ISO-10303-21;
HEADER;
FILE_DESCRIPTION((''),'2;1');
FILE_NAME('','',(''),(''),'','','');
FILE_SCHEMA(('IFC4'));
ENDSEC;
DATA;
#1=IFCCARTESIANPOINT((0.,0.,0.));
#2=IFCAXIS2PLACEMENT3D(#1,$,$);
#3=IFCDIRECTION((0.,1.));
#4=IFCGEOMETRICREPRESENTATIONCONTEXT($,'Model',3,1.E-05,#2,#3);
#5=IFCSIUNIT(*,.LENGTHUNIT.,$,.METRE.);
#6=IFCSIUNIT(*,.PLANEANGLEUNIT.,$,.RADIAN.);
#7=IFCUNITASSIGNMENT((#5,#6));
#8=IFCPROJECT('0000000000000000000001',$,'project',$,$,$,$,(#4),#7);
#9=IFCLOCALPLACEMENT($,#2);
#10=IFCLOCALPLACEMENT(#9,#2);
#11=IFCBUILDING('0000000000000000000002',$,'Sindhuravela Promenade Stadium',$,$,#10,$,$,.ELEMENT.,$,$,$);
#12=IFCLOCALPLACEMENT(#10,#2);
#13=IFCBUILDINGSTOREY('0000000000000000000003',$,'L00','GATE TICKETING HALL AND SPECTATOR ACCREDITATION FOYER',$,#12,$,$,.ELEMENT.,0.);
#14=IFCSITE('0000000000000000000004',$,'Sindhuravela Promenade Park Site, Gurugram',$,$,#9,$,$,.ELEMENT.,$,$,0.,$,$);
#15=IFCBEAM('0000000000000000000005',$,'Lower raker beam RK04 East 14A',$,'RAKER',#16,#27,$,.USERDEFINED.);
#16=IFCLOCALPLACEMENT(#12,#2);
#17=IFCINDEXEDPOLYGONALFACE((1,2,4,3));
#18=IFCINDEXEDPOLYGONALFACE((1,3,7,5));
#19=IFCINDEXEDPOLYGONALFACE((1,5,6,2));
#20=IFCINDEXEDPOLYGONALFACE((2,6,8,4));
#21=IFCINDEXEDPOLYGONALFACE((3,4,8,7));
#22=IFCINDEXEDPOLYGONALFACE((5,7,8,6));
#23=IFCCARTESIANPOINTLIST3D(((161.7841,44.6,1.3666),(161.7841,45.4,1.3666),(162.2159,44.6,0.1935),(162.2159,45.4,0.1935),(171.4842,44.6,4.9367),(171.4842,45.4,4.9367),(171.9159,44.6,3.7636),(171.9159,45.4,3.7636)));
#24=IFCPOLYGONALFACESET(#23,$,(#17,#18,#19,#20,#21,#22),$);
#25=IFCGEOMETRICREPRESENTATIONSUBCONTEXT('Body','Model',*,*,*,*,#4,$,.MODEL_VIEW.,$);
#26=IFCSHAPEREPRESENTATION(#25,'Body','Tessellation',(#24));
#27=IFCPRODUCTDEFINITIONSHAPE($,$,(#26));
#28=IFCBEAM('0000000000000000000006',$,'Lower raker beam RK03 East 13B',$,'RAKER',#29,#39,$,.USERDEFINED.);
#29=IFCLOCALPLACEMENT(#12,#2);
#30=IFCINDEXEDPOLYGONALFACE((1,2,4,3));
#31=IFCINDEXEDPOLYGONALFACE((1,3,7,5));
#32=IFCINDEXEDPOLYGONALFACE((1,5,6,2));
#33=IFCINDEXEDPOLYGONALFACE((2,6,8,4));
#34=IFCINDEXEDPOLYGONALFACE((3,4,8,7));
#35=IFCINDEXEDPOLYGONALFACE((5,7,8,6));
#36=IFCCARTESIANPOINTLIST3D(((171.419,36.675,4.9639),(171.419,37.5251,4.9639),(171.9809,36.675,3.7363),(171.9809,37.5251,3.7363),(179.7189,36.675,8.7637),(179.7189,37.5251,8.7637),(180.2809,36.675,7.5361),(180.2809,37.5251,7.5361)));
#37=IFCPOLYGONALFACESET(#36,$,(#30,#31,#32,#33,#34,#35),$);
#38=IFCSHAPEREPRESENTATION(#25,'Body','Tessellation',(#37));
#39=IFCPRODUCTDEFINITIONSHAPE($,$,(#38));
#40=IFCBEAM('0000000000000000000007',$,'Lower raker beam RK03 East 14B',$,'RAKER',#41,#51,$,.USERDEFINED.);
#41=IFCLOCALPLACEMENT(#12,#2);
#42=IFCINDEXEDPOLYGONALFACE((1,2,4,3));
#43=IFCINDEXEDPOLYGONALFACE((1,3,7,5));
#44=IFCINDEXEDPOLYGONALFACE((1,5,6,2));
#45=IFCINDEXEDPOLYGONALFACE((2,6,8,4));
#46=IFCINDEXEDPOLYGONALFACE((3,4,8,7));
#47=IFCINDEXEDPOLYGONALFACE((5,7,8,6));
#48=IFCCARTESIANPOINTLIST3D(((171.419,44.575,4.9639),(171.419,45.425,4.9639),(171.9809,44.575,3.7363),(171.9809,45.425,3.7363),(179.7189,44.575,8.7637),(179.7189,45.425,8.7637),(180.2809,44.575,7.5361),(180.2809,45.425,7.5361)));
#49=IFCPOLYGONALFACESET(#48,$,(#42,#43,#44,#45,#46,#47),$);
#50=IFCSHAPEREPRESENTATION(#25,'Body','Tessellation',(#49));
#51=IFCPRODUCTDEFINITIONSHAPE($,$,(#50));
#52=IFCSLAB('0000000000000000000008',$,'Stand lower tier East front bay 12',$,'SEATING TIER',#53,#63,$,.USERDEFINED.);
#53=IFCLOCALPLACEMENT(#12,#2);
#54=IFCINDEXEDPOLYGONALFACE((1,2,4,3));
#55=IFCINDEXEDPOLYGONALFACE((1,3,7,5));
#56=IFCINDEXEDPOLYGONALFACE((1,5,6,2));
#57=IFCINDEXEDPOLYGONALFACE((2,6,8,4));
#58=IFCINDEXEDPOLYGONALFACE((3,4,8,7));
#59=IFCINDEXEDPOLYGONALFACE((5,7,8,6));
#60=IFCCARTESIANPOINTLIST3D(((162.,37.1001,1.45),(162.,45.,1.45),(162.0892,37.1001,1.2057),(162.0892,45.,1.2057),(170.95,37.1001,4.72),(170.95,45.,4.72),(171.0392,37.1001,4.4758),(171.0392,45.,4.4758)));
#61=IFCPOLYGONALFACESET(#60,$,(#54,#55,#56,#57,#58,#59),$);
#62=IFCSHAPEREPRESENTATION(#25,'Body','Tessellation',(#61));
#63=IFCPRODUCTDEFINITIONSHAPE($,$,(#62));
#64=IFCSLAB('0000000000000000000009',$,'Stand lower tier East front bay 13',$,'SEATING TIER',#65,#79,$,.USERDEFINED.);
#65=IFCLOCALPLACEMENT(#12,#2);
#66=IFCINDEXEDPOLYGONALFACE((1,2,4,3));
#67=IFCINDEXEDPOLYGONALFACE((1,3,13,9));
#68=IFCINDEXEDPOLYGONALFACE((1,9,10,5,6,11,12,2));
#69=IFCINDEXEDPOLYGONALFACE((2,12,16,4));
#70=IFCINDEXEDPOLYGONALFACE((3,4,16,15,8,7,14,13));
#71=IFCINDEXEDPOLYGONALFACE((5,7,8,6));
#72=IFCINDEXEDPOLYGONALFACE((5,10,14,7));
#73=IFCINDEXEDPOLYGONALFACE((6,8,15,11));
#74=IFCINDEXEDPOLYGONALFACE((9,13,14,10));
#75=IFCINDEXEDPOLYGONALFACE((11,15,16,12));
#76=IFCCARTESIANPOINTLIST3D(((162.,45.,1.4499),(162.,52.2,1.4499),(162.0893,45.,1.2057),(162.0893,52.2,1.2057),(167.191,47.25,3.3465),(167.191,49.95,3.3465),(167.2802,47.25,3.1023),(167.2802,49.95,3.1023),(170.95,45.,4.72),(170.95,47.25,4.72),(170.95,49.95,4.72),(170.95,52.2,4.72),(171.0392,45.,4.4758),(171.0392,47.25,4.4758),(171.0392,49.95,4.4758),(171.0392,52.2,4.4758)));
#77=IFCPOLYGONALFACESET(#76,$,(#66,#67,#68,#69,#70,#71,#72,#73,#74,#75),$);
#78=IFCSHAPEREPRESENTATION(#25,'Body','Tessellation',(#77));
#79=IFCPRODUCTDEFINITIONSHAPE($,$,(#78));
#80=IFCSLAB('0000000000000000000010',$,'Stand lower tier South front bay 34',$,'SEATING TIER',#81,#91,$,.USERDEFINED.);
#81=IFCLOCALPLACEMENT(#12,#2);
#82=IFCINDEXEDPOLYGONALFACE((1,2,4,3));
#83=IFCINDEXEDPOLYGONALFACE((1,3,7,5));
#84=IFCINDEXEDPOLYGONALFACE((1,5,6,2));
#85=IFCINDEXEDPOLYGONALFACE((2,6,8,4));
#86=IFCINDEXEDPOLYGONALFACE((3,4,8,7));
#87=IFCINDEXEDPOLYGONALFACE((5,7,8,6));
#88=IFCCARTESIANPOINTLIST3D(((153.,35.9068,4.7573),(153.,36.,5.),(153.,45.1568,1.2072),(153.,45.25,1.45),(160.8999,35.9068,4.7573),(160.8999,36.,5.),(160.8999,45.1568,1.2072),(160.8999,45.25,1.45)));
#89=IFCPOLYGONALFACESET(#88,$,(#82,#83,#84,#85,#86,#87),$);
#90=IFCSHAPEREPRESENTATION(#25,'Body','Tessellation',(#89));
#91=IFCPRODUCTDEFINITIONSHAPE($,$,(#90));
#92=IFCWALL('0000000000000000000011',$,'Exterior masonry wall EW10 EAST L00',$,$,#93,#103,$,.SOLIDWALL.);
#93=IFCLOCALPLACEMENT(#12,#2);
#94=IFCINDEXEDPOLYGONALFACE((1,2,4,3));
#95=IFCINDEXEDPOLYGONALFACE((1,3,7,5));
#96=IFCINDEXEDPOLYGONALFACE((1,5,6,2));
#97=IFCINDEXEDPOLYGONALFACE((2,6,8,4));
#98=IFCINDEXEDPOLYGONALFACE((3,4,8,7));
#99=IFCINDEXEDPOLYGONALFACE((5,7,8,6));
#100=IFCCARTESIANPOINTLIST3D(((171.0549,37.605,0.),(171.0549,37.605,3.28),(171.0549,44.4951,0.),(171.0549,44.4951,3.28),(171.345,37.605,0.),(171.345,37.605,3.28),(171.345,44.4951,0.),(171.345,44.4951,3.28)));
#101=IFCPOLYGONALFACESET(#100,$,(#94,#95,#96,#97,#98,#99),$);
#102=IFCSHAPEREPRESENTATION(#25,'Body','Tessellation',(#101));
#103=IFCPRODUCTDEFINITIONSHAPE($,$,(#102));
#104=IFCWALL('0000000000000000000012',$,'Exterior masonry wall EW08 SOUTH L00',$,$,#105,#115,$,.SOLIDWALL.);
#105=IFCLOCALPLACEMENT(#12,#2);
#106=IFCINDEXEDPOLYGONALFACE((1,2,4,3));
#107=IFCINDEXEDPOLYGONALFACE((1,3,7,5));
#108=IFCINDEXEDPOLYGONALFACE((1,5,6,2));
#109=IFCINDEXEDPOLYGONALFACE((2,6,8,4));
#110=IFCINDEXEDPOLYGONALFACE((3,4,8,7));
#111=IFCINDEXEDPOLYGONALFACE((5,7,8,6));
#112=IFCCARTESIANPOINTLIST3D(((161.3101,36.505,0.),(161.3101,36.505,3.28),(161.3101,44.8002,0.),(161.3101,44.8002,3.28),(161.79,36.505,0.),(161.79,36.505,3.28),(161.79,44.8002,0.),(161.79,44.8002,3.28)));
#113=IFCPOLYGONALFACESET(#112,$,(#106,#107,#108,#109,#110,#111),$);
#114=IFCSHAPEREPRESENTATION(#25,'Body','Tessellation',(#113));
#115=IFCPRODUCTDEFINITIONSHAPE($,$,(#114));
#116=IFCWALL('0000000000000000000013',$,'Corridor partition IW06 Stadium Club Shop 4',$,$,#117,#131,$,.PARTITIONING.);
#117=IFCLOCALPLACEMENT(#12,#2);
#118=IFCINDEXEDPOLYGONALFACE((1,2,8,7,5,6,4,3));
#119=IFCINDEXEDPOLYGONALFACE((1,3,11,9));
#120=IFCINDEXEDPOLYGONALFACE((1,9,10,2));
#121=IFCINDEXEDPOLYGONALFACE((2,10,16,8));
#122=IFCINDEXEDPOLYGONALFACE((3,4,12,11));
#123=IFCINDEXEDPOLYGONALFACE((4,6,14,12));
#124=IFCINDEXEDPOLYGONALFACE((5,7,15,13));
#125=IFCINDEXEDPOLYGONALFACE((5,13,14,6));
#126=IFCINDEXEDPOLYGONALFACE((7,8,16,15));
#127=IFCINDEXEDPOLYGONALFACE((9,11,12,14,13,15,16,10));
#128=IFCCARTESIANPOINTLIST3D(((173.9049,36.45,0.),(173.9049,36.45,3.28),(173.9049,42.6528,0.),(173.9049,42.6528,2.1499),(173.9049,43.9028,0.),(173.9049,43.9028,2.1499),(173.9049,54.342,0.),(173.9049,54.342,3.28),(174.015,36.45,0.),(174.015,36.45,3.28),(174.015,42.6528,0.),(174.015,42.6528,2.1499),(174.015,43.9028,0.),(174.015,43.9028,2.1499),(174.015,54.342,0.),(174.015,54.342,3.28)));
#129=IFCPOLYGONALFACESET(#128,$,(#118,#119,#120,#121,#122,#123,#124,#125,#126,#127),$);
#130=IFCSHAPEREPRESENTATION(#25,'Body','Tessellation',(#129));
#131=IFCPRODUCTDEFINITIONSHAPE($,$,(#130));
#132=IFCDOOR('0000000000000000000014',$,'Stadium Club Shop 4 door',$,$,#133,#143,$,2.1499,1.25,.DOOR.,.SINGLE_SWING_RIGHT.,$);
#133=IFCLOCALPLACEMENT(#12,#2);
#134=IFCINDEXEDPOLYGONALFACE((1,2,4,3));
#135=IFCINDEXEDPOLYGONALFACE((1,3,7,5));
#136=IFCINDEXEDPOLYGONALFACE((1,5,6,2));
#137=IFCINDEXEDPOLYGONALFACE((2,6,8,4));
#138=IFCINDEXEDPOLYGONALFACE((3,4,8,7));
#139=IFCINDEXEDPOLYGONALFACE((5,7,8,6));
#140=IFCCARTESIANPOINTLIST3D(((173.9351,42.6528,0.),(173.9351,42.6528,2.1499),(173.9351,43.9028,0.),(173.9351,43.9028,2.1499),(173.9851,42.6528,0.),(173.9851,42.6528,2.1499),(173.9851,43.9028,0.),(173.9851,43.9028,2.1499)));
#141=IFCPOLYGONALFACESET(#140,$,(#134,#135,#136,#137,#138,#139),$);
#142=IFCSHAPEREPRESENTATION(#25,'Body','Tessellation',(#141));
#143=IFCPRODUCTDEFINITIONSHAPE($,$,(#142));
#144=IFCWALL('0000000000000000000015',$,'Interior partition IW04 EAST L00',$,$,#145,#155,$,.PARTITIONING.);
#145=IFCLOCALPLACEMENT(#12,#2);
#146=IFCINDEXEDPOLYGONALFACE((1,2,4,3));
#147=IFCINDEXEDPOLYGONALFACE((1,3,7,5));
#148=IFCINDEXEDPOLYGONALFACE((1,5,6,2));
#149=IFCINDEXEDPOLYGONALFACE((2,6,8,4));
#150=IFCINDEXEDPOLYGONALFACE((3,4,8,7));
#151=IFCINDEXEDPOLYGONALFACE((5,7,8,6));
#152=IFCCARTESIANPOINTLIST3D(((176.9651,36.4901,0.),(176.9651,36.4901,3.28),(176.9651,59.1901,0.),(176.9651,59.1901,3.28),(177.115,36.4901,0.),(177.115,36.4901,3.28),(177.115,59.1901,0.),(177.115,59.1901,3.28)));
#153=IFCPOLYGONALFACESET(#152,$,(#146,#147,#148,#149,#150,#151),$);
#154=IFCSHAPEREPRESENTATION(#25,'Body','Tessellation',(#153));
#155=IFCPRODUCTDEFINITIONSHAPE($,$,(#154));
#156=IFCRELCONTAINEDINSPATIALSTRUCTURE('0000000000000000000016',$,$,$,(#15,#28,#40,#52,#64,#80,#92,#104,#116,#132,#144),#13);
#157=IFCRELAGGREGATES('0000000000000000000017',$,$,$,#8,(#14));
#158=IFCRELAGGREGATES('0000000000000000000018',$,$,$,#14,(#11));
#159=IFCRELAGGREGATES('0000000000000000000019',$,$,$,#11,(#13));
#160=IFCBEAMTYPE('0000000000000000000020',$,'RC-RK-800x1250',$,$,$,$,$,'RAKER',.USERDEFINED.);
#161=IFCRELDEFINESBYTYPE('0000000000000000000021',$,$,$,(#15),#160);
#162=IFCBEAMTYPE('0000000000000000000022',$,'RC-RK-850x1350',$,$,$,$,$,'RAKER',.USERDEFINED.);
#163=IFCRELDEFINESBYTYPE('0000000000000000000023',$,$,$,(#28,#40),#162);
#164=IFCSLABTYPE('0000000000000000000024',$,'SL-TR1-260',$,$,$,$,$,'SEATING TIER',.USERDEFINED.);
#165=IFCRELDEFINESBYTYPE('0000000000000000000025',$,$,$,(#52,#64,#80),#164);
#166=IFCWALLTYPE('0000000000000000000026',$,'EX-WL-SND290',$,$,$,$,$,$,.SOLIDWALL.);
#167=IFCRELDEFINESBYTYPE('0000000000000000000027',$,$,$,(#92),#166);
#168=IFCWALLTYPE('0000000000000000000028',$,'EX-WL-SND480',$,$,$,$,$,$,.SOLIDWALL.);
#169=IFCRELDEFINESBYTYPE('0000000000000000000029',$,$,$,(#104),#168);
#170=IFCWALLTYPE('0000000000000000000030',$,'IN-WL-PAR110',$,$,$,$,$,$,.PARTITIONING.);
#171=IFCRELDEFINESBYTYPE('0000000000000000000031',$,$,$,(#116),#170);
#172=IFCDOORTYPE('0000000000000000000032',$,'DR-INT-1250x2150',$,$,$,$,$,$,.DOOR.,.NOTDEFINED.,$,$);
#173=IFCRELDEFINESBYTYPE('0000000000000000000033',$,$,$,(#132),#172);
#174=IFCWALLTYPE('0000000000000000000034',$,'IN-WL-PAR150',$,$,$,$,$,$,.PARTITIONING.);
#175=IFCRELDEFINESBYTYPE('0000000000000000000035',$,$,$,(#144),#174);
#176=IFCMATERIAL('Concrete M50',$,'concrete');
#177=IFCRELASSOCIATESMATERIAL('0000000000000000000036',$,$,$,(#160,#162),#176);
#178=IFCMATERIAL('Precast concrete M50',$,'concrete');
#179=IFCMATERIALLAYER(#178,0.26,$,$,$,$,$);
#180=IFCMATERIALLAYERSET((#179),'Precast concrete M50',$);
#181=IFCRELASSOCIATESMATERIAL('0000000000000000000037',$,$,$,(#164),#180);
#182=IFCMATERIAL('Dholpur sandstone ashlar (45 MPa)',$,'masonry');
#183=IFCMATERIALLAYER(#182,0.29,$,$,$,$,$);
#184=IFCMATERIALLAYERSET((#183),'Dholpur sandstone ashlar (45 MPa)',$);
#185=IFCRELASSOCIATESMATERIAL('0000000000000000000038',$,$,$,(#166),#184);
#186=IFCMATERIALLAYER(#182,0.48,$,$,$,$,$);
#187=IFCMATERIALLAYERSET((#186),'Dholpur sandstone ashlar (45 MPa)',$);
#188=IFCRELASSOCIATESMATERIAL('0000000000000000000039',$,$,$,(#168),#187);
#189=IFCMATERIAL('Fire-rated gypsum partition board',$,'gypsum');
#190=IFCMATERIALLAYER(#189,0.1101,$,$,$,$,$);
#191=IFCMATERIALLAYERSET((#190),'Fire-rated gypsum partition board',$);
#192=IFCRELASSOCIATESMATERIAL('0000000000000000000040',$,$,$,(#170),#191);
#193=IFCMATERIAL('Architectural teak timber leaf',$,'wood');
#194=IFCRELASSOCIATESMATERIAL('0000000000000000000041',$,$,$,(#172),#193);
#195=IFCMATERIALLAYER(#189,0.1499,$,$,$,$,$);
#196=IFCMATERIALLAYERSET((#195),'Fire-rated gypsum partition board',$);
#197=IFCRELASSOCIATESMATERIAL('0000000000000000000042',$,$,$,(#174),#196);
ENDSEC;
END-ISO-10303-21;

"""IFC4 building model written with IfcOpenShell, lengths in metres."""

from ifc_helpers import new_model, si_unit, direction, frame, frame_2d, origin, origin_2d, place, context, subcontext, project, spatial, polyline, rectangle, outline, extrude, material, layer, layer_set, material_profile, profile_set, type_object, element, fill, save


model = new_model("IFC4")

# Units and contexts
model_context = context("Model", 3, precision=1e-05, world=origin(), true_north=direction((0.0, 1.0)))
body_context = subcontext(model_context, "Body", "Model", "MODEL_VIEW")
ifc_project = project(units=[si_unit("LENGTHUNIT", "METRE"), si_unit("PLANEANGLEUNIT", "RADIAN")], contexts=[model_context])

# Site, building, storey
site_placement = place(None, origin())
site = spatial("IfcSite", under=ifc_project, at=site_placement, Name="Sindhuravela Promenade Park Site, Gurugram", CompositionType="ELEMENT", RefElevation=0.0)
building_placement = place(site_placement, origin())
building = spatial("IfcBuilding", under=site, at=building_placement, Name="Sindhuravela Promenade Stadium", CompositionType="ELEMENT")
storey_placement = place(building_placement, origin())
storey = spatial("IfcBuildingStorey", under=building, at=storey_placement, Name="L00", Description="GATE TICKETING HALL AND SPECTATOR ACCREDITATION FOYER", CompositionType="ELEMENT", Elevation=0.0)

# Shared definitions
ifc_material_1 = material(Name="Concrete M50", Category="concrete")

# Beams
ifc_material_profile_1 = material_profile(ifc_material_1, rectangle(XDim=0.8, YDim=1.25, at=origin_2d()), Name="RC 800x1250")
ifc_profile_set_1 = profile_set([ifc_material_profile_1], Name="Concrete M50")
beam_type_1 = type_object("IfcBeamType", Name="RC-RK-800x1250", ElementType="RAKER", PredefinedType="USERDEFINED", material=ifc_profile_set_1)
for number, where, z_axis, x_axis, name in (
    (1, (162.0, 45.0, 0.78), (0.938456, 0.0, 0.345399), (0.0, 1.0, 0.0), "Lower raker beam RK04 East 14A"),
):
    element("IfcBeam", number, at=place(storey_placement, frame(where, z_axis=z_axis, x_axis=x_axis)), inside=storey, type_object=beam_type_1, Name=name, ObjectType="RAKER", PredefinedType="USERDEFINED", context=body_context, shape_type="SweptSolid", body=[
        extrude(rectangle(XDim=0.8, YDim=1.25, at=origin_2d()), origin(), (0.0, 0.0, 1.0), 10.3362),
    ])
ifc_material_profile_2 = material_profile(ifc_material_1, rectangle(XDim=0.8501, YDim=1.3501, at=origin_2d()), Name="RC 850x1350")
ifc_profile_set_2 = profile_set([ifc_material_profile_2], Name="Concrete M50")
beam_type_2 = type_object("IfcBeamType", Name="RC-RK-850x1350", ElementType="RAKER", PredefinedType="USERDEFINED", material=ifc_profile_set_2)
for number, where, z_axis, x_axis, name in (
    (2, (171.7, 37.1001, 4.3501), (0.909247, 0.0, 0.416258), (0.0, 1.0, 0.0), "Lower raker beam RK03 East 13B"),
    (3, (171.7, 45.0, 4.3501), (0.909247, 0.0, 0.416258), (0.0, 1.0, 0.0), "Lower raker beam RK03 East 14B"),
):
    element("IfcBeam", number, at=place(storey_placement, frame(where, z_axis=z_axis, x_axis=x_axis)), inside=storey, type_object=beam_type_2, Name=name, ObjectType="RAKER", PredefinedType="USERDEFINED", context=body_context, shape_type="SweptSolid", body=[
        extrude(rectangle(XDim=0.8501, YDim=1.3501, at=origin_2d()), origin(), (0.0, 0.0, 1.0), 9.1284),
    ])

# Slabs
ifc_material_2 = material(Name="Precast concrete M50", Category="concrete")
ifc_layer_1 = layer(ifc_material_2, 0.26)
ifc_layer_set_1 = layer_set([ifc_layer_1], Name="Precast concrete M50")
slab_type = type_object("IfcSlabType", Name="SL-TR1-260", ElementType="SEATING TIER", PredefinedType="USERDEFINED", material=ifc_layer_set_1)
slab_1_placement = place(storey_placement, frame((170.95, 37.1001, 4.72), z_axis=(-0.343179, 0.0, 0.93927), x_axis=(0.0, 1.0, 0.0)))
element("IfcSlab", 4, at=slab_1_placement, inside=storey, type_object=slab_type, Name="Stand lower tier East front bay 12", ObjectType="SEATING TIER", PredefinedType="USERDEFINED", context=body_context, shape_type="SweptSolid", body=[
    extrude(outline(polyline([(0.0, 0.0), (7.8999, 0.0), (7.8999, 9.5286), (0.0, 9.5286), (0.0, 0.0)])), origin(), (0.0, 0.0, -1.0), 0.26),
])
slab_2_placement = place(storey_placement, frame((170.95, 45.0, 4.72), z_axis=(-0.343184, 0.0, 0.939268), x_axis=(0.0, 1.0, 0.0)))
element("IfcSlab", 5, at=slab_2_placement, inside=storey, type_object=slab_type, Name="Stand lower tier East front bay 13", ObjectType="SEATING TIER", PredefinedType="USERDEFINED", context=body_context, shape_type="SweptSolid", body=[
    extrude(outline(polyline([(0.0, 0.0), (2.25, 0.0), (2.25, 4.002), (4.95, 4.002), (4.95, 0.0), (7.2, 0.0), (7.2, 9.5286), (0.0, 9.5286), (0.0, 0.0)])), origin(), (0.0, 0.0, -1.0), 0.26),
])
slab_3_placement = place(storey_placement, frame((160.8999, 45.25, 1.45), z_axis=(0.0, 0.358307, 0.933604), x_axis=(-1.0, 0.0, 0.0)))
element("IfcSlab", 6, at=slab_3_placement, inside=storey, type_object=slab_type, Name="Stand lower tier South front bay 34", ObjectType="SEATING TIER", PredefinedType="USERDEFINED", context=body_context, shape_type="SweptSolid", body=[
    extrude(outline(polyline([(0.0, 0.0), (7.8999, 0.0), (7.8999, 9.9078), (0.0, 9.9078), (0.0, 0.0)])), origin(), (0.0, 0.0, -1.0), 0.26),
])

# Walls
ifc_material_3 = material(Name="Dholpur sandstone ashlar (45 MPa)", Category="masonry")
ifc_layer_2 = layer(ifc_material_3, 0.29)
ifc_layer_set_2 = layer_set([ifc_layer_2], Name="Dholpur sandstone ashlar (45 MPa)")
wall_type_1 = type_object("IfcWallType", Name="EX-WL-SND290", PredefinedType="SOLIDWALL", material=ifc_layer_set_2)
wall_1_placement = place(storey_placement, frame((171.2, 37.605, 0.0), z_axis=(0.0, 0.0, 1.0), x_axis=(0.0, 1.0, 0.0)))
element("IfcWall", 7, at=wall_1_placement, inside=storey, type_object=wall_type_1, Name="Exterior masonry wall EW10 EAST L00", PredefinedType="SOLIDWALL", context=body_context, shape_type="SweptSolid", body=[
    extrude(rectangle(XDim=6.8901, YDim=0.29, at=frame_2d((3.4451, 0.0))), origin(), (0.0, 0.0, 1.0), 3.28),
])
ifc_layer_3 = layer(ifc_material_3, 0.48)
ifc_layer_set_3 = layer_set([ifc_layer_3], Name="Dholpur sandstone ashlar (45 MPa)")
wall_type_2 = type_object("IfcWallType", Name="EX-WL-SND480", PredefinedType="SOLIDWALL", material=ifc_layer_set_3)
wall_2_placement = place(storey_placement, frame((161.55, 44.8, 0.0), z_axis=(0.0, 0.0, 1.0), x_axis=(0.0, -1.0, 0.0)))
element("IfcWall", 8, at=wall_2_placement, inside=storey, type_object=wall_type_2, Name="Exterior masonry wall EW08 SOUTH L00", PredefinedType="SOLIDWALL", context=body_context, shape_type="SweptSolid", body=[
    extrude(rectangle(XDim=8.2952, YDim=0.48, at=frame_2d((4.1475, 0.0))), origin(), (0.0, 0.0, 1.0), 3.28),
])

# Wall, opening, door
ifc_material_4 = material(Name="Fire-rated gypsum partition board", Category="gypsum")
ifc_layer_4 = layer(ifc_material_4, 0.1101)
ifc_layer_set_4 = layer_set([ifc_layer_4], Name="Fire-rated gypsum partition board")
wall_type_3 = type_object("IfcWallType", Name="IN-WL-PAR110", PredefinedType="PARTITIONING", material=ifc_layer_set_4)
wall_3_placement = place(storey_placement, frame((173.96, 36.45, 0.0), z_axis=(0.0, 0.0, 1.0), x_axis=(0.0, 1.0, 0.0)))
wall_3 = element("IfcWall", 9, at=wall_3_placement, inside=storey, type_object=wall_type_3, Name="Corridor partition IW06 Stadium Club Shop 4", PredefinedType="PARTITIONING", context=body_context, shape_type="SweptSolid", body=[
    extrude(rectangle(XDim=17.8921, YDim=0.1101, at=frame_2d((8.946, 0.0))), origin(), (0.0, 0.0, 1.0), 3.28),
])
opening_placement = place(wall_3_placement, frame((6.2029, 0.0, 0.0)))
opening = element("IfcOpeningElement", 10, at=opening_placement, cuts=wall_3, PredefinedType="OPENING", context=body_context, shape_type="SweptSolid", body=[
    extrude(rectangle(XDim=1.25, YDim=2.1499, at=frame_2d((0.625, 1.075))), frame((0.0, 0.0649, 0.0), z_axis=(0.0, -1.0, 0.0), x_axis=(1.0, 0.0, 0.0)), (0.0, 0.0, 1.0), 0.1301),
])
ifc_material_5 = material(Name="Architectural teak timber leaf", Category="wood")
door_type = type_object("IfcDoorType", Name="DR-INT-1250x2150", OperationType="NOTDEFINED", PredefinedType="DOOR", material=ifc_material_5)
door_placement = place(opening_placement, origin())
door = element("IfcDoor", 11, at=door_placement, inside=storey, type_object=door_type, Name="Stadium Club Shop 4 door", OperationType="SINGLE_SWING_RIGHT", OverallHeight=2.1499, OverallWidth=1.25, PredefinedType="DOOR", context=body_context, shape_type="SweptSolid", body=[
    extrude(rectangle(XDim=1.25, YDim=2.1499, at=frame_2d((0.625, 1.075))), frame((0.0, 0.0249, 0.0), z_axis=(0.0, -1.0, 0.0), x_axis=(1.0, 0.0, 0.0)), (0.0, 0.0, 1.0), 0.05),
])
fill(opening, door)

# Wall
ifc_layer_5 = layer(ifc_material_4, 0.1499)
ifc_layer_set_5 = layer_set([ifc_layer_5], Name="Fire-rated gypsum partition board")
wall_type_4 = type_object("IfcWallType", Name="IN-WL-PAR150", PredefinedType="PARTITIONING", material=ifc_layer_set_5)
wall_4_placement = place(storey_placement, frame((177.04, 36.49, 0.0), z_axis=(0.0, 0.0, 1.0), x_axis=(0.0, 1.0, 0.0)))
element("IfcWall", 12, at=wall_4_placement, inside=storey, type_object=wall_type_4, Name="Interior partition IW04 EAST L00", PredefinedType="PARTITIONING", context=body_context, shape_type="SweptSolid", body=[
    extrude(rectangle(XDim=22.7, YDim=0.1499, at=frame_2d((11.3501, 0.0))), origin(), (0.0, 0.0, 1.0), 3.28),
])

save(model, "model.ifc")
